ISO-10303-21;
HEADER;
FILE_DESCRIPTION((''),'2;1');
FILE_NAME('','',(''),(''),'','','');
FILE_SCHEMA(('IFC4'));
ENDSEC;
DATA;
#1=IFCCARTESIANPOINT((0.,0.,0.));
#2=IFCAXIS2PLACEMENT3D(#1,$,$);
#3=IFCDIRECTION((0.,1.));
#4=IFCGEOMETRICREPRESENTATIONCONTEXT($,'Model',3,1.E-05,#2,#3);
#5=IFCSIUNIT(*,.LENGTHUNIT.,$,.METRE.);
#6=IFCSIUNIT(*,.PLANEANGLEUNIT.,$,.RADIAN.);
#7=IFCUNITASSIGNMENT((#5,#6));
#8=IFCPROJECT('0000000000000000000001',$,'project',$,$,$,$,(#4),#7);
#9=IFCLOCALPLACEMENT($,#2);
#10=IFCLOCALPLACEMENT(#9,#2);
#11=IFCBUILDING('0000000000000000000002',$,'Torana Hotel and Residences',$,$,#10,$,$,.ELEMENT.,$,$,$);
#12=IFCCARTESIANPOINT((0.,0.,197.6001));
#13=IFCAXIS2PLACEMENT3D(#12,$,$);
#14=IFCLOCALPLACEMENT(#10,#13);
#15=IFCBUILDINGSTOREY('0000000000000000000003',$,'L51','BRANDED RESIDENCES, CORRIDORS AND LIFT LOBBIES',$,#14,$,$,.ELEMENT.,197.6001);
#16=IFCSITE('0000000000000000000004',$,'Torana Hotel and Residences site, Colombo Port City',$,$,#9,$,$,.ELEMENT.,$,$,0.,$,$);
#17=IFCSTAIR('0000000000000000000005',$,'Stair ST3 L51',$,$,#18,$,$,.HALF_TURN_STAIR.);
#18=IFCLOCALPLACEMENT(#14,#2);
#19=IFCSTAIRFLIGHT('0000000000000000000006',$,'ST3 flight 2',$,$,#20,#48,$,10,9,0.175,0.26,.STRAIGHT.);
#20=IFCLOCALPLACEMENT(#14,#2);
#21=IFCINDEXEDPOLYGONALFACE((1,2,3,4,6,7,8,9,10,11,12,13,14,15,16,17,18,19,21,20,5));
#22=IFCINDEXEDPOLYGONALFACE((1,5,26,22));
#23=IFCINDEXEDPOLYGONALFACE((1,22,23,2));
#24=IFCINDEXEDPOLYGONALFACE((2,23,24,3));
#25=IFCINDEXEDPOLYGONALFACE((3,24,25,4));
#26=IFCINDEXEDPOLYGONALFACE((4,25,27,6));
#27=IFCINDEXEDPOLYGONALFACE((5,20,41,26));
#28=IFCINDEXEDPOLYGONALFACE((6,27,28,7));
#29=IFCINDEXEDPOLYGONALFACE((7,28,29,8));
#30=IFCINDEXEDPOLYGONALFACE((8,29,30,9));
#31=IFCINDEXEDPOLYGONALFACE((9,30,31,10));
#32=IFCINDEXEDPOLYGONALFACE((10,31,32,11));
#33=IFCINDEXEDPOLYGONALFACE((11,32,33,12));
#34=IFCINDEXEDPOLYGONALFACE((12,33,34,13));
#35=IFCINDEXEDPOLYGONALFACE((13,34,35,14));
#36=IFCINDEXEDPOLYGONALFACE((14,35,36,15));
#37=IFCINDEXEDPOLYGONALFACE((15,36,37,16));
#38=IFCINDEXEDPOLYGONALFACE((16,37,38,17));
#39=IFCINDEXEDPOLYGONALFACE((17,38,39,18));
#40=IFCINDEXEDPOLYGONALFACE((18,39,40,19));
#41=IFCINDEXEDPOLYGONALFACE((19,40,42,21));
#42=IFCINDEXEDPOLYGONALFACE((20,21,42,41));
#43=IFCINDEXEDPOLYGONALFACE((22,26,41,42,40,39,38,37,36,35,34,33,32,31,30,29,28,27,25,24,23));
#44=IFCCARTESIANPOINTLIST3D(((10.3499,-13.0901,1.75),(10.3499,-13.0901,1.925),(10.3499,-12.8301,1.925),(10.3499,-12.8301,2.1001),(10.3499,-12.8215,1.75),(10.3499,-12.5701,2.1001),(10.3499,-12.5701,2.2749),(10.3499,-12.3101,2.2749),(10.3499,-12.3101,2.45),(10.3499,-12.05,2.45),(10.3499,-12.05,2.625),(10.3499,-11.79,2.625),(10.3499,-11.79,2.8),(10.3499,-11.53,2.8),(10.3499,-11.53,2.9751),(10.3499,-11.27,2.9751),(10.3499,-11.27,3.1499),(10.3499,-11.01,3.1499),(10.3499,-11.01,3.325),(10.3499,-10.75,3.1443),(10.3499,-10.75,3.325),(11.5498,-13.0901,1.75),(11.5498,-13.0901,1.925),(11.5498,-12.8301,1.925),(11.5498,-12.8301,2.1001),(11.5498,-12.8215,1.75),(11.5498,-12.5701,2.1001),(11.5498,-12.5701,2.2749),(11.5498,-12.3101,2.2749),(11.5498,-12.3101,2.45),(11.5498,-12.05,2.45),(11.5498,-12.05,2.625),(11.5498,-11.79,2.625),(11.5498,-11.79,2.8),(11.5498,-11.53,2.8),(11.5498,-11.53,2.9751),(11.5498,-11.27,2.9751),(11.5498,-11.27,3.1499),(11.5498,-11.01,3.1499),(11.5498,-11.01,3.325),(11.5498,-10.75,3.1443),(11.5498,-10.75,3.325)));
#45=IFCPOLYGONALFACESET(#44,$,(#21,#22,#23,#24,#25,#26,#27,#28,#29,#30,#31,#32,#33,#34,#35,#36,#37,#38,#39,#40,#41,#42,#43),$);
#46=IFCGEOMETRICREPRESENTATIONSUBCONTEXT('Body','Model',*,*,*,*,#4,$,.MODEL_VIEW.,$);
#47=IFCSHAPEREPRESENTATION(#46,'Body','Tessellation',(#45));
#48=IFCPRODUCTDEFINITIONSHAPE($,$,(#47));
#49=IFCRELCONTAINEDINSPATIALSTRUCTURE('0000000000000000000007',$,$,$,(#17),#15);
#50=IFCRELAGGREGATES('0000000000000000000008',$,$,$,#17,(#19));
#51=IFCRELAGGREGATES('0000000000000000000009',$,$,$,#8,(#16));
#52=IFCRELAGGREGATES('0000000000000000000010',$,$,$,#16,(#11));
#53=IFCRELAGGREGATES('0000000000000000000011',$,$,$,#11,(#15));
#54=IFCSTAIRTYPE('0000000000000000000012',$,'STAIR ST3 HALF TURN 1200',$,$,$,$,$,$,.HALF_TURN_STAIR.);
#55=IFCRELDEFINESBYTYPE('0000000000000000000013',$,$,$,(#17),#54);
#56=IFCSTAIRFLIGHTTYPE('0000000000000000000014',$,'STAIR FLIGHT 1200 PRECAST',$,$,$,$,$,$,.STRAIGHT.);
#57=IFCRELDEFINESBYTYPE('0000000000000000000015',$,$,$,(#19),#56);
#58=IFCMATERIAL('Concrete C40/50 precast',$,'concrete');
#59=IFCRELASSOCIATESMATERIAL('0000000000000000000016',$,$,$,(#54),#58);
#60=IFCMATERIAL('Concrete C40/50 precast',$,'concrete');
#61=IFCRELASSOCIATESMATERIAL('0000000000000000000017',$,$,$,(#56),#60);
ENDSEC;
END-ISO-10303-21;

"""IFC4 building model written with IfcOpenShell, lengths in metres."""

from ifc_helpers import new_model, si_unit, direction, frame, origin, place, context, subcontext, project, spatial, polyline, outline, extrude, material, type_object, element, aggregate, save


model = new_model("IFC4")

# Units and contexts
model_context = context("Model", 3, precision=1e-05, world=origin(), true_north=direction((0.0, 1.0)))
body_context = subcontext(model_context, "Body", "Model", "MODEL_VIEW")
ifc_project = project(units=[si_unit("LENGTHUNIT", "METRE"), si_unit("PLANEANGLEUNIT", "RADIAN")], contexts=[model_context])

# Site, building, storey
site_placement = place(None, origin())
site = spatial("IfcSite", under=ifc_project, at=site_placement, Name="Torana Hotel and Residences site, Colombo Port City", CompositionType="ELEMENT", RefElevation=0.0)
building_placement = place(site_placement, origin())
building = spatial("IfcBuilding", under=site, at=building_placement, Name="Torana Hotel and Residences", CompositionType="ELEMENT")
storey_placement = place(building_placement, frame((0.0, 0.0, 197.6001)))
storey = spatial("IfcBuildingStorey", under=building, at=storey_placement, Name="L51", Description="BRANDED RESIDENCES, CORRIDORS AND LIFT LOBBIES", CompositionType="ELEMENT", Elevation=197.6001)

# Stair, stair flight
ifc_material_1 = material(Name="Concrete C40/50 precast", Category="concrete")
stair_type = type_object("IfcStairType", Name="STAIR ST3 HALF TURN 1200", PredefinedType="HALF_TURN_STAIR", material=ifc_material_1)
stair_placement = place(storey_placement, origin())
stair = element("IfcStair", 1, at=stair_placement, inside=storey, type_object=stair_type, Name="Stair ST3 L51", PredefinedType="HALF_TURN_STAIR")
ifc_material_2 = material(Name="Concrete C40/50 precast", Category="concrete")
stair_flight_type = type_object("IfcStairFlightType", Name="STAIR FLIGHT 1200 PRECAST", PredefinedType="STRAIGHT", material=ifc_material_2)
stair_flight_placement = place(storey_placement, frame((10.95, -13.0901, 1.75), z_axis=(0.0, 0.0, 1.0), x_axis=(0.0, 1.0, 0.0)))
stair_flight = element("IfcStairFlight", 2, at=stair_flight_placement, type_object=stair_flight_type, Name="ST3 flight 2", NumberOfRisers=10, NumberOfTreads=9, PredefinedType="STRAIGHT", RiserHeight=0.175, TreadLength=0.26, context=body_context, shape_type="SweptSolid", body=[
    extrude(outline(polyline([(0.0, 0.0), (0.0, 0.175), (0.26, 0.175), (0.26, 0.3501), (0.52, 0.3501), (0.52, 0.5249), (0.78, 0.5249), (0.78, 0.7), (1.04, 0.7), (1.04, 0.875), (1.3, 0.875), (1.3, 1.05), (1.5601, 1.05), (1.5601, 1.2251), (1.8201, 1.2251), (1.8201, 1.3999), (2.0801, 1.3999), (2.0801, 1.575), (2.3401, 1.575), (2.3401, 1.75), (2.3401, 1.3943), (0.2686, 0.0), (0.0, 0.0)])), frame((0.0, 0.6001, 0.0), z_axis=(0.0, -1.0, 0.0), x_axis=(1.0, 0.0, 0.0)), (0.0, 0.0, 1.0), 1.2),
])
aggregate(stair, [stair_flight])

save(model, "model.ifc")
